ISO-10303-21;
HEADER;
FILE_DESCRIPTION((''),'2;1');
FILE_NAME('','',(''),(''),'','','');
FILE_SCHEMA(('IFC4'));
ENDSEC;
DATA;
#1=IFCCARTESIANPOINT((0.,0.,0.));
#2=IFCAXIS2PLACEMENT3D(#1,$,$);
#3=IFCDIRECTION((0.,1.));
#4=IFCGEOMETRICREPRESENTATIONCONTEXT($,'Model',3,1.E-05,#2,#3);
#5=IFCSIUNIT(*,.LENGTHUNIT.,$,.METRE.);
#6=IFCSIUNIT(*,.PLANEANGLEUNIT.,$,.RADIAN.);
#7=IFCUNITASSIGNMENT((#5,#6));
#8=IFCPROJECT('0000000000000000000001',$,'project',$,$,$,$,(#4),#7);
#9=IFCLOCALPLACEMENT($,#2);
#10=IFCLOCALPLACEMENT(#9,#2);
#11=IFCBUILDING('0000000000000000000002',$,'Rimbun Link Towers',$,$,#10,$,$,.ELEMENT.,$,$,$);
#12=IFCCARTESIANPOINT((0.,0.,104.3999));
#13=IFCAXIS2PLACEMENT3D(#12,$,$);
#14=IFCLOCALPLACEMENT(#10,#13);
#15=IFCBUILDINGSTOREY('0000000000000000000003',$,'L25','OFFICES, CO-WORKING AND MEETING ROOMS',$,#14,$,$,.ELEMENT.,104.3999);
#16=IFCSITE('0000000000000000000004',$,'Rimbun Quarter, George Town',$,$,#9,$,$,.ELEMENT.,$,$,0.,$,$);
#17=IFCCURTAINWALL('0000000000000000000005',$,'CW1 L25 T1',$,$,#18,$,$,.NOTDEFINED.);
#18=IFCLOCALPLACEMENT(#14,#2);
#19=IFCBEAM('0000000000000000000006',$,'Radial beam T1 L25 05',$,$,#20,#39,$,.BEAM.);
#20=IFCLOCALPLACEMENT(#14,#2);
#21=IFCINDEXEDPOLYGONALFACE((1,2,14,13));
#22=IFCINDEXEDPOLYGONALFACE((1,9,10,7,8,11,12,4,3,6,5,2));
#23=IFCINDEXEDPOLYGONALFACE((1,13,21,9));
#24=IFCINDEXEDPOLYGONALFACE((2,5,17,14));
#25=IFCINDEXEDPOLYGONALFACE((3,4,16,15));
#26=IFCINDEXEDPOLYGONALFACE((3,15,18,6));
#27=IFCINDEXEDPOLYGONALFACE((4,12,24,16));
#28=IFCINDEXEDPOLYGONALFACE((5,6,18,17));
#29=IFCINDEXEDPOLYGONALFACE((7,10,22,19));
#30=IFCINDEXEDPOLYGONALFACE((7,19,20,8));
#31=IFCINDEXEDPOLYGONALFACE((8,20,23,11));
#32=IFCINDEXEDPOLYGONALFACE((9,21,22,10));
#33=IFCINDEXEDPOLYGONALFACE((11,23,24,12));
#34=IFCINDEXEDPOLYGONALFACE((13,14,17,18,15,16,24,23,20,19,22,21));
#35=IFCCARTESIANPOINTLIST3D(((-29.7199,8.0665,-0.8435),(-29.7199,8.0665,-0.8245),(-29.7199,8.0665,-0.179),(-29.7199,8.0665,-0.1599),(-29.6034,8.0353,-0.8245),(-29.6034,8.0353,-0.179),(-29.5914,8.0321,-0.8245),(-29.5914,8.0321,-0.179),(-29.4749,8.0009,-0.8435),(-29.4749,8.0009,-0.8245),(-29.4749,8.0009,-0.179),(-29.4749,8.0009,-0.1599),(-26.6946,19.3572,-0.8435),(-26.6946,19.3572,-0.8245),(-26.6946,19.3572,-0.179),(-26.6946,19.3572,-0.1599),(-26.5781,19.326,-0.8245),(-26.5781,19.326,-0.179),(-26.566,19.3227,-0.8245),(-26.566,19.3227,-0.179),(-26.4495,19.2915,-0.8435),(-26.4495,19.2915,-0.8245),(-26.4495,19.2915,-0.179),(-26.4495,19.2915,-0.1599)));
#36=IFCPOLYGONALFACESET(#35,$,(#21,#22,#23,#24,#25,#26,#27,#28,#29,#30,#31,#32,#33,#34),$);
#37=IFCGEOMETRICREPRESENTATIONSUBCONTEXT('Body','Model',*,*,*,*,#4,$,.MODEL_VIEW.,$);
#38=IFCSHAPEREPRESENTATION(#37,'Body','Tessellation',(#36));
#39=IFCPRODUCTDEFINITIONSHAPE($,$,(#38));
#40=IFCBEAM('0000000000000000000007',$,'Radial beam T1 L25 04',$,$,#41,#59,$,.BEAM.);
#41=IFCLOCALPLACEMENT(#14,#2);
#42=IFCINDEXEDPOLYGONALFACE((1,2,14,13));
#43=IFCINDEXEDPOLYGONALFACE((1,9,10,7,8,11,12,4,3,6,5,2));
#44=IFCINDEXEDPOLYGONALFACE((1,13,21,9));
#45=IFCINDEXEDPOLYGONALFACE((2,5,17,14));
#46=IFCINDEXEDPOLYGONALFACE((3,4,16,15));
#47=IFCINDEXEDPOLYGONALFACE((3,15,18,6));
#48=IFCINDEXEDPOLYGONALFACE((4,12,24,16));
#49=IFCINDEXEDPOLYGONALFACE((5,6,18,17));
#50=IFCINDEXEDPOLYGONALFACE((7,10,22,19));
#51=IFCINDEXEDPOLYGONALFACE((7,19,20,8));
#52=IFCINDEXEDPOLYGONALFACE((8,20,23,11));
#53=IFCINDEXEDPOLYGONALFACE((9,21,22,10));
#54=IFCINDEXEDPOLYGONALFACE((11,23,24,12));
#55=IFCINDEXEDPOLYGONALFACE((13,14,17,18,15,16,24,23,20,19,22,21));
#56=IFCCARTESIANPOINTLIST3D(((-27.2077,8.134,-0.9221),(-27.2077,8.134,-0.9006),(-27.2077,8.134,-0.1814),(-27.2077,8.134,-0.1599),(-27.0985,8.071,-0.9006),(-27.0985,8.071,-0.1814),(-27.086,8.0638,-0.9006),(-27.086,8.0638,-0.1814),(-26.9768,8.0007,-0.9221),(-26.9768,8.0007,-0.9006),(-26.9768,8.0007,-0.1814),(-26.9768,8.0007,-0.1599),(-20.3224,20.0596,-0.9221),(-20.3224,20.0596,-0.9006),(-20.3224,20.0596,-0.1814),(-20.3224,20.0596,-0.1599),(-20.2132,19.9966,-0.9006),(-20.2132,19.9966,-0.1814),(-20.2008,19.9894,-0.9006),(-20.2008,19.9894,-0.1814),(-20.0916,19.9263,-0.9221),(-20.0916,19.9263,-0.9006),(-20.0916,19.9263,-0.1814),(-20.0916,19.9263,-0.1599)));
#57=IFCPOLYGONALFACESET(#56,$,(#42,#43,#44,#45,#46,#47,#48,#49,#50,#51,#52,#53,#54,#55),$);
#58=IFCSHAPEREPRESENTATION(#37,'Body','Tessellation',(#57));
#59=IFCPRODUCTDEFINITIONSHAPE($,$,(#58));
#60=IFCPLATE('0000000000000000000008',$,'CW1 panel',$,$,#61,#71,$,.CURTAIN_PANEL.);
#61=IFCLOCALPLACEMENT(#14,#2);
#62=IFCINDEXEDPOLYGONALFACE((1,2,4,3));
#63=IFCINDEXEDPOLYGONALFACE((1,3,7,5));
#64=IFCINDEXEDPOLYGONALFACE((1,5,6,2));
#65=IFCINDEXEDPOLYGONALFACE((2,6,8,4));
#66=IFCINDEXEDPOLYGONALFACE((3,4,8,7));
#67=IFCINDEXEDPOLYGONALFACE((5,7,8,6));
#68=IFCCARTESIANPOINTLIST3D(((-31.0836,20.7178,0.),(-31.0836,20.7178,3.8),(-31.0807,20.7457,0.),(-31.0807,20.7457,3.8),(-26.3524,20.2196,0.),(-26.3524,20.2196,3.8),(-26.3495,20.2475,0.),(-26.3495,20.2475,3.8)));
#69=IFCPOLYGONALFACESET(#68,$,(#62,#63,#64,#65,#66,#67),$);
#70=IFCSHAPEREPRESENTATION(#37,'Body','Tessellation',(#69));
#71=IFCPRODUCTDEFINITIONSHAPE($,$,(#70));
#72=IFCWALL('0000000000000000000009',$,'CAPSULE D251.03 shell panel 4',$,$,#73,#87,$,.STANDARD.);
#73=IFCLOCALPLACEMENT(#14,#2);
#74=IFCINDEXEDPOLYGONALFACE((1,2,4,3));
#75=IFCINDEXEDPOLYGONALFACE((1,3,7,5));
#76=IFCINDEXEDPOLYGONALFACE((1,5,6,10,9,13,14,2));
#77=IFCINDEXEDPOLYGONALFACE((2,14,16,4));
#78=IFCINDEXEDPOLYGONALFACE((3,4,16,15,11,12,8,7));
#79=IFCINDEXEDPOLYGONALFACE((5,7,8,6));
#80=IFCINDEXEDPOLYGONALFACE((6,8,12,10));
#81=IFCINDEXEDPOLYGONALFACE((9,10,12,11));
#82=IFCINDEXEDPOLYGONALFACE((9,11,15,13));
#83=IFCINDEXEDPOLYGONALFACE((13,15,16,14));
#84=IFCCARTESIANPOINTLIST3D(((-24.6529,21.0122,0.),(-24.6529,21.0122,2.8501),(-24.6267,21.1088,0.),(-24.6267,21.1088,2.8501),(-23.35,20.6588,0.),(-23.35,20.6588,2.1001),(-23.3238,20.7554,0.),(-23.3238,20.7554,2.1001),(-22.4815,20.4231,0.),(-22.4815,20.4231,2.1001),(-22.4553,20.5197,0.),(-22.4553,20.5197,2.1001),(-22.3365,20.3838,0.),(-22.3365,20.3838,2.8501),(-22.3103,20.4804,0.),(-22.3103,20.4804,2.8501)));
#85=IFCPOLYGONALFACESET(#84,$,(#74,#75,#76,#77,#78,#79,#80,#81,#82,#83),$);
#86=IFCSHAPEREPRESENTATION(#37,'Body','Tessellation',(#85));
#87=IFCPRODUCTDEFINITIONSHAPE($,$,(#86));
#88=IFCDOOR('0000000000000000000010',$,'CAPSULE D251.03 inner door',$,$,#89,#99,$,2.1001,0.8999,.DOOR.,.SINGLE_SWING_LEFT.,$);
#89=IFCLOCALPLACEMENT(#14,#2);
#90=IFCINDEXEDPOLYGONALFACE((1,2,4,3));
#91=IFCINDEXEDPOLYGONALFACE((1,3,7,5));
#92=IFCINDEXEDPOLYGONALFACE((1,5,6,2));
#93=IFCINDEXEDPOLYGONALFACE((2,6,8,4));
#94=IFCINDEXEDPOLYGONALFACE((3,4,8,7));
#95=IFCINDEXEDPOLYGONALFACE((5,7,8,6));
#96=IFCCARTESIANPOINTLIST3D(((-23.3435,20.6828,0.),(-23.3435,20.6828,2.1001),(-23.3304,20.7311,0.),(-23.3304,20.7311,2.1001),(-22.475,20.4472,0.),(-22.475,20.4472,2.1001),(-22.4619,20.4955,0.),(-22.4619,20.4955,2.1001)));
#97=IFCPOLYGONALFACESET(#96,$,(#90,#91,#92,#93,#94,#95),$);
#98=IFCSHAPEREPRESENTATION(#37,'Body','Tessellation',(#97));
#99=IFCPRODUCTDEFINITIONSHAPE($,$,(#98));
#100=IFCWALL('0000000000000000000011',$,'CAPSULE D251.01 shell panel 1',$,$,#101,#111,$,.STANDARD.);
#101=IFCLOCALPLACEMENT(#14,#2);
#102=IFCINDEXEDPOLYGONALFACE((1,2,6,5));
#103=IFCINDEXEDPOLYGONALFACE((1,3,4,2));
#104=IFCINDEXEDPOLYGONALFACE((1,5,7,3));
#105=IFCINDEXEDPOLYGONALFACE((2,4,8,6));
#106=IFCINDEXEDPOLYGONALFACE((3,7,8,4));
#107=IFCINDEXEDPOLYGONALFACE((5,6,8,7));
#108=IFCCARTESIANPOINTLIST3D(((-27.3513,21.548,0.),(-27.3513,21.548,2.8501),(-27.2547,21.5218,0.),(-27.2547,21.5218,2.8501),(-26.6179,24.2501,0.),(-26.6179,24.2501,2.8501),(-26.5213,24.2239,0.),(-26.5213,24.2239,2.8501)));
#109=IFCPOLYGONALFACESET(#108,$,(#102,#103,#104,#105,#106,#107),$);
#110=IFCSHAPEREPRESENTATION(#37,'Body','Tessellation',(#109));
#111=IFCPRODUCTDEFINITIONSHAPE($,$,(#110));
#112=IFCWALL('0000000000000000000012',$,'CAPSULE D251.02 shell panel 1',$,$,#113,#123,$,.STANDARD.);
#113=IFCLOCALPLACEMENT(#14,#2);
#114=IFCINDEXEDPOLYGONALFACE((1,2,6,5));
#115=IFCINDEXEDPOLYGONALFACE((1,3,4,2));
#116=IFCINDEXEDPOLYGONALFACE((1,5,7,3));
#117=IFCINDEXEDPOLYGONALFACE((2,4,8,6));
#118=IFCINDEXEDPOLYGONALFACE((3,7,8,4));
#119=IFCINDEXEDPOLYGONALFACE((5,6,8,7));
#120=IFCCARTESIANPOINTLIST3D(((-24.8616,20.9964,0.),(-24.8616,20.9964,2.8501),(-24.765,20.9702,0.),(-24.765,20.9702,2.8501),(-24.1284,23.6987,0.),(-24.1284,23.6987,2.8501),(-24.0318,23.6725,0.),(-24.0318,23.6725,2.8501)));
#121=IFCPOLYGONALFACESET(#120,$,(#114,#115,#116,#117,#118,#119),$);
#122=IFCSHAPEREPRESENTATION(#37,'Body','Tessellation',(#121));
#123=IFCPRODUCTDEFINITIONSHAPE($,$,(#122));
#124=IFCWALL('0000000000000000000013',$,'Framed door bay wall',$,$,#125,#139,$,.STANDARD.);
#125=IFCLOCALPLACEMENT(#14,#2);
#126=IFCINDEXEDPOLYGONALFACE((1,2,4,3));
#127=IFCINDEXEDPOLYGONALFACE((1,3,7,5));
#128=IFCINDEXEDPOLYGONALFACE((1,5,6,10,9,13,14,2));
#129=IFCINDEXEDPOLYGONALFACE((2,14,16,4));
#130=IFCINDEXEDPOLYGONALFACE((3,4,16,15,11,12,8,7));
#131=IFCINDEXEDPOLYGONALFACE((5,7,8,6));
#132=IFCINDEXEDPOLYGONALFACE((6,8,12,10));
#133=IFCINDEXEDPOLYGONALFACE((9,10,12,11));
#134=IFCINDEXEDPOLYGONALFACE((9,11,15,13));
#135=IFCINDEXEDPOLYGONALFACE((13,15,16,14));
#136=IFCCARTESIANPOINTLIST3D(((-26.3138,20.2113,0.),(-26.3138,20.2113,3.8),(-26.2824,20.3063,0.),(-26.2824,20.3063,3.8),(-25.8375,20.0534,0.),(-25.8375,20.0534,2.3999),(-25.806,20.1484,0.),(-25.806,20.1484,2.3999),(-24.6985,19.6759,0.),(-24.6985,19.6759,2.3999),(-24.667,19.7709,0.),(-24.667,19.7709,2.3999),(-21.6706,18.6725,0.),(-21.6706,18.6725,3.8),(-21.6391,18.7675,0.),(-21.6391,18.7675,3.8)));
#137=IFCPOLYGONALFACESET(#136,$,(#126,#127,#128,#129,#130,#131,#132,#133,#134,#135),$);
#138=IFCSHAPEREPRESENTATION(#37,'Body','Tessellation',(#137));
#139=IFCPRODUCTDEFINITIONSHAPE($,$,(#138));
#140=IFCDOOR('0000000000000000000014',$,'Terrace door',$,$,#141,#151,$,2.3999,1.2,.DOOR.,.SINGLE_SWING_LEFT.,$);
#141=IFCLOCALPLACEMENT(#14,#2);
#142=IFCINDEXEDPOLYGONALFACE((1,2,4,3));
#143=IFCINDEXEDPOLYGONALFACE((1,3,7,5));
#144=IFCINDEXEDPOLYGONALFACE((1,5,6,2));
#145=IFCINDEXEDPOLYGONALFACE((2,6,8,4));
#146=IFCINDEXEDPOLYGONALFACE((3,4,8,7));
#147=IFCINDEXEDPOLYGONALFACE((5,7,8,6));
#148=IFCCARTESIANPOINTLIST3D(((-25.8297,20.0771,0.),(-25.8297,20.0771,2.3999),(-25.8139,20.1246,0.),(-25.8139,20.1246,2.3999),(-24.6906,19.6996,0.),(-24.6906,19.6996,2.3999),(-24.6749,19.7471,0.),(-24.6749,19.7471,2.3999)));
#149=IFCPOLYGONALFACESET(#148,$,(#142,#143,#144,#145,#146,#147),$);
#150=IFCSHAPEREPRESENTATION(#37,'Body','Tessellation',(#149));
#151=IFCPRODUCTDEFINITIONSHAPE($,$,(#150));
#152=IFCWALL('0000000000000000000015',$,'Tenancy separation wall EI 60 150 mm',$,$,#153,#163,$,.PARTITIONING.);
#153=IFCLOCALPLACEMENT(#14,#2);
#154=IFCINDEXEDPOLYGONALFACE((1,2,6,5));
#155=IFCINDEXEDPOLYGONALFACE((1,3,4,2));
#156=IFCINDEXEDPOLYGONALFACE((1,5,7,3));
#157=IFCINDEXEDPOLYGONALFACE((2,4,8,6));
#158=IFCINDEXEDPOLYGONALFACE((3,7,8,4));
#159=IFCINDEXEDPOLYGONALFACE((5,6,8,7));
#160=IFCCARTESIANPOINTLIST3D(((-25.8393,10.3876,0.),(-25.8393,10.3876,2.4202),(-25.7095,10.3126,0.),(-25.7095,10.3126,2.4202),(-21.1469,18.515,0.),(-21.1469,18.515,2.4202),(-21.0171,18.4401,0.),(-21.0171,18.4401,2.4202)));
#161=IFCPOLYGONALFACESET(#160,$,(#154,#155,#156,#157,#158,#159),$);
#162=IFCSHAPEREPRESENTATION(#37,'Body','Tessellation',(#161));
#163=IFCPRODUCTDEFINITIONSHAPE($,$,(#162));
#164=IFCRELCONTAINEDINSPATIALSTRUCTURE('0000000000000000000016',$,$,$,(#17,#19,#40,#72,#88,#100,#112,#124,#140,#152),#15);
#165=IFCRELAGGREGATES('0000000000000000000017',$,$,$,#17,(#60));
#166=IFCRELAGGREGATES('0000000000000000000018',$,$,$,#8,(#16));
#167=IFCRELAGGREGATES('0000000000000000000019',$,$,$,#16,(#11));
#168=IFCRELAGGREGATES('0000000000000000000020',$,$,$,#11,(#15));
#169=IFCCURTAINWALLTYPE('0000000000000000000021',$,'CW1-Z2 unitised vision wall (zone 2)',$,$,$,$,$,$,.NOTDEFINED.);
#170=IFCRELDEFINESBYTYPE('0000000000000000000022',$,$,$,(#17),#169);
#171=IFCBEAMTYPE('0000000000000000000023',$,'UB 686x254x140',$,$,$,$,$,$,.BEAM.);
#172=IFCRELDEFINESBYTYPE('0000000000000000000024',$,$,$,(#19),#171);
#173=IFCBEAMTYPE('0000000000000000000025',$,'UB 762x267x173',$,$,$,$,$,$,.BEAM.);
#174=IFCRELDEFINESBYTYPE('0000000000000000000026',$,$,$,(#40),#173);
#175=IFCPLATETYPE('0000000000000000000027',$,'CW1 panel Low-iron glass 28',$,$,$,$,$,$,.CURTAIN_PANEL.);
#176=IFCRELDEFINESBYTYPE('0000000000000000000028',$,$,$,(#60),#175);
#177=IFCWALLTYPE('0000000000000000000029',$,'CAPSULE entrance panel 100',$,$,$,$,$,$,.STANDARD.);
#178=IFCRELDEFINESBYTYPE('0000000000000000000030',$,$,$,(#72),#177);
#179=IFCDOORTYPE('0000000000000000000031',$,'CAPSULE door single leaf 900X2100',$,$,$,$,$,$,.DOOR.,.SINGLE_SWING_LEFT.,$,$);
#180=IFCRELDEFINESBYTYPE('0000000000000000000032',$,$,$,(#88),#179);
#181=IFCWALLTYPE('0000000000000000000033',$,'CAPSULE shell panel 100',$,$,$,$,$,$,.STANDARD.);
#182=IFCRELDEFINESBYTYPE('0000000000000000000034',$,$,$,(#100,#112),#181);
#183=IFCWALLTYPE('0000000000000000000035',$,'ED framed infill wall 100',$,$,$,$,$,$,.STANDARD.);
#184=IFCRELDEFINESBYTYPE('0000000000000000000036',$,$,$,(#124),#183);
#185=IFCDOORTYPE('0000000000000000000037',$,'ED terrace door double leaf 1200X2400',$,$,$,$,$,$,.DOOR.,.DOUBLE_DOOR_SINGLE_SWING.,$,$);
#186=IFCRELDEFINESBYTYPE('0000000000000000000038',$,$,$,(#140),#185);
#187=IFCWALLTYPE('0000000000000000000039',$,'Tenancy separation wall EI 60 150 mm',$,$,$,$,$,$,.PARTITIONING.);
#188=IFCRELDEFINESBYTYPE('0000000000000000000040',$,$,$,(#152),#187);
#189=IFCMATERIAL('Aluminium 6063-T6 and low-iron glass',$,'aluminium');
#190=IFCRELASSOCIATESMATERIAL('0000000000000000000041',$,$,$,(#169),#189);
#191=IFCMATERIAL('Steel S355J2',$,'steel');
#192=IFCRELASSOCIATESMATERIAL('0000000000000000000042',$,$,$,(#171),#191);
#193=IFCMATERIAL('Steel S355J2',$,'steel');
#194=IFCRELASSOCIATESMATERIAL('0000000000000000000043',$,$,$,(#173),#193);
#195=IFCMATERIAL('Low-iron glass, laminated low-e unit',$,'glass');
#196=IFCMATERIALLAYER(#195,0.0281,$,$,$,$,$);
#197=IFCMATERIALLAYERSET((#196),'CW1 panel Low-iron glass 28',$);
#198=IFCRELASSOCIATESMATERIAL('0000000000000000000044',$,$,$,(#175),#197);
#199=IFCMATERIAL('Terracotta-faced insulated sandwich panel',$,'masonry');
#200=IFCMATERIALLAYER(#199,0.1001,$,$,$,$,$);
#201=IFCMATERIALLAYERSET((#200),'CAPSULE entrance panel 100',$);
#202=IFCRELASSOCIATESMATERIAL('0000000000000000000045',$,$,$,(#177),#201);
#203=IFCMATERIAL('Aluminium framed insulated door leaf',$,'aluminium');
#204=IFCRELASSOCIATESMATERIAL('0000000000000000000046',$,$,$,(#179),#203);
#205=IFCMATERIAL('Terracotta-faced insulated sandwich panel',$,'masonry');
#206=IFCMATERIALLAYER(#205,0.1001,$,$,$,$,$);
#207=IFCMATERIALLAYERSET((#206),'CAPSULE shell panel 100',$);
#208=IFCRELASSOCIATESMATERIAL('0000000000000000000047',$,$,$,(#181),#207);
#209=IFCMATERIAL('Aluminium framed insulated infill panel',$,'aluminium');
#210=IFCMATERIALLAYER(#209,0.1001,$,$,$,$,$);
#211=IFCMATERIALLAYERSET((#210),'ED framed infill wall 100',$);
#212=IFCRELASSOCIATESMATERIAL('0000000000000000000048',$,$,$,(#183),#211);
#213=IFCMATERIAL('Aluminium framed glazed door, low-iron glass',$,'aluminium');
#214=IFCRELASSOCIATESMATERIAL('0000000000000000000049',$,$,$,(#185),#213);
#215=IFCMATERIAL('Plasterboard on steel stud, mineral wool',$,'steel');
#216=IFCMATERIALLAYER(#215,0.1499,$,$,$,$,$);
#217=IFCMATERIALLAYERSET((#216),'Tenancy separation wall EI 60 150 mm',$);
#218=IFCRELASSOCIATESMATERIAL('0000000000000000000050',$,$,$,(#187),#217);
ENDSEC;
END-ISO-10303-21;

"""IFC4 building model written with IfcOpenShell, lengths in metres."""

from ifc_helpers import new_model, si_unit, direction, frame, frame_2d, origin, origin_2d, place, context, subcontext, project, spatial, rectangle, i_section, extrude, material, layer, layer_set, material_profile, profile_set, type_object, element, fill, aggregate, save


model = new_model("IFC4")

# Units and contexts
model_context = context("Model", 3, precision=1e-05, world=origin(), true_north=direction((0.0, 1.0)))
body_context = subcontext(model_context, "Body", "Model", "MODEL_VIEW")
ifc_project = project(units=[si_unit("LENGTHUNIT", "METRE"), si_unit("PLANEANGLEUNIT", "RADIAN")], contexts=[model_context])

# Site, building, storey
site_placement = place(None, origin())
site = spatial("IfcSite", under=ifc_project, at=site_placement, Name="Rimbun Quarter, George Town", CompositionType="ELEMENT", RefElevation=0.0)
building_placement = place(site_placement, origin())
building = spatial("IfcBuilding", under=site, at=building_placement, Name="Rimbun Link Towers", CompositionType="ELEMENT")
storey_placement = place(building_placement, frame((0.0, 0.0, 104.3999)))
storey = spatial("IfcBuildingStorey", under=building, at=storey_placement, Name="L25", Description="OFFICES, CO-WORKING AND MEETING ROOMS", CompositionType="ELEMENT", Elevation=104.3999)

# Curtain wall
ifc_material_1 = material(Name="Aluminium 6063-T6 and low-iron glass", Category="aluminium")
curtain_wall_type = type_object("IfcCurtainWallType", Name="CW1-Z2 unitised vision wall (zone 2)", PredefinedType="NOTDEFINED", material=ifc_material_1)
curtain_wall_placement = place(storey_placement, origin())
curtain_wall = element("IfcCurtainWall", 1, at=curtain_wall_placement, inside=storey, type_object=curtain_wall_type, Name="CW1 L25 T1", PredefinedType="NOTDEFINED")

# Beams
ifc_material_2 = material(Name="Steel S355J2", Category="steel")
ifc_material_profile_1 = material_profile(ifc_material_2, i_section(OverallWidth=0.2537, OverallDepth=0.6836, WebThickness=0.0125, FlangeThickness=0.019, at=origin_2d()), Name="UB 686x254x140")
ifc_profile_set_1 = profile_set([ifc_material_profile_1], Name="Steel S355J2")
beam_type_1 = type_object("IfcBeamType", Name="UB 686x254x140", PredefinedType="BEAM", material=ifc_profile_set_1)
beam_1_placement = place(storey_placement, frame((-29.5974, 8.0337, -0.5017), z_axis=(0.258822, 0.965925, 0.0), x_axis=(-0.965925, 0.258822, 0.0)))
element("IfcBeam", 2, at=beam_1_placement, inside=storey, type_object=beam_type_1, Name="Radial beam T1 L25 05", PredefinedType="BEAM", context=body_context, shape_type="SweptSolid", body=[
    extrude(i_section(OverallWidth=0.2537, OverallDepth=0.6836, WebThickness=0.0125, FlangeThickness=0.019, at=origin_2d()), origin(), (0.0, 0.0, 1.0), 11.689),
])
ifc_material_3 = material(Name="Steel S355J2", Category="steel")
ifc_material_profile_2 = material_profile(ifc_material_3, i_section(OverallWidth=0.2666, OverallDepth=0.7622, WebThickness=0.0144, FlangeThickness=0.0215, at=origin_2d()), Name="UB 762x267x173")
ifc_profile_set_2 = profile_set([ifc_material_profile_2], Name="Steel S355J2")
beam_type_2 = type_object("IfcBeamType", Name="UB 762x267x173", PredefinedType="BEAM", material=ifc_profile_set_2)
beam_2_placement = place(storey_placement, frame((-27.0923, 8.0674, -0.541), z_axis=(0.500002, 0.866024, 0.0), x_axis=(-0.866024, 0.500002, 0.0)))
element("IfcBeam", 3, at=beam_2_placement, inside=storey, type_object=beam_type_2, Name="Radial beam T1 L25 04", PredefinedType="BEAM", context=body_context, shape_type="SweptSolid", body=[
    extrude(i_section(OverallWidth=0.2666, OverallDepth=0.7622, WebThickness=0.0144, FlangeThickness=0.0215, at=origin_2d()), origin(), (0.0, 0.0, 1.0), 13.7705),
])

# Plate
ifc_material_4 = material(Name="Low-iron glass, laminated low-e unit", Category="glass")
ifc_layer_1 = layer(ifc_material_4, 0.0281)
ifc_layer_set_1 = layer_set([ifc_layer_1], Name="CW1 panel Low-iron glass 28")
plate_type = type_object("IfcPlateType", Name="CW1 panel Low-iron glass 28", PredefinedType="CURTAIN_PANEL", material=ifc_layer_set_1)
plate_placement = place(storey_placement, frame((-28.7166, 20.4827, 0.0), z_axis=(0.0, 0.0, 1.0), x_axis=(0.994501, -0.104732, 0.0)))
plate = element("IfcPlate", 4, at=plate_placement, type_object=plate_type, Name="CW1 panel", PredefinedType="CURTAIN_PANEL", context=body_context, shape_type="SweptSolid", body=[
    extrude(rectangle(XDim=4.7573, YDim=0.0281, at=origin_2d()), origin(), (0.0, 0.0, 1.0), 3.8),
])
aggregate(curtain_wall, [plate])

# Wall, opening, door
ifc_material_5 = material(Name="Terracotta-faced insulated sandwich panel", Category="masonry")
ifc_layer_2 = layer(ifc_material_5, 0.1001)
ifc_layer_set_2 = layer_set([ifc_layer_2], Name="CAPSULE entrance panel 100")
wall_type_1 = type_object("IfcWallType", Name="CAPSULE entrance panel 100", PredefinedType="STANDARD", material=ifc_layer_set_2)
wall_1_placement = place(storey_placement, frame((-24.6399, 21.0605, 0.0), z_axis=(0.0, 0.0, 1.0), x_axis=(0.965115, -0.261826, 0.0)))
wall_1 = element("IfcWall", 5, at=wall_1_placement, inside=storey, type_object=wall_type_1, Name="CAPSULE D251.03 shell panel 4", PredefinedType="STANDARD", context=body_context, shape_type="SweptSolid", body=[
    extrude(rectangle(XDim=2.4001, YDim=0.1001, at=frame_2d((1.2002, 0.0))), origin(), (0.0, 0.0, 1.0), 2.8501),
])
opening_1_placement = place(wall_1_placement, frame((1.3501, 0.0, 0.0)))
opening_1 = element("IfcOpeningElement", 6, at=opening_1_placement, cuts=wall_1, PredefinedType="OPENING", context=body_context, shape_type="SweptSolid", body=[
    extrude(rectangle(XDim=0.8999, YDim=2.1001, at=frame_2d((0.45, 1.05))), frame((0.0, 0.0601, 0.0), z_axis=(0.0, -1.0, 0.0), x_axis=(1.0, 0.0, 0.0)), (0.0, 0.0, 1.0), 0.1201),
])
ifc_material_6 = material(Name="Aluminium framed insulated door leaf", Category="aluminium")
door_type_1 = type_object("IfcDoorType", Name="CAPSULE door single leaf 900X2100", OperationType="SINGLE_SWING_LEFT", PredefinedType="DOOR", material=ifc_material_6)
door_1_placement = place(opening_1_placement, origin())
door_1 = element("IfcDoor", 7, at=door_1_placement, inside=storey, type_object=door_type_1, Name="CAPSULE D251.03 inner door", OperationType="SINGLE_SWING_LEFT", OverallHeight=2.1001, OverallWidth=0.8999, PredefinedType="DOOR", context=body_context, shape_type="SweptSolid", body=[
    extrude(rectangle(XDim=0.8999, YDim=2.1001, at=frame_2d((0.45, 1.05))), frame((0.0, 0.0249, 0.0), z_axis=(0.0, -1.0, 0.0), x_axis=(1.0, 0.0, 0.0)), (0.0, 0.0, 1.0), 0.05),
])
fill(opening_1, door_1)

# Walls
ifc_material_7 = material(Name="Terracotta-faced insulated sandwich panel", Category="masonry")
ifc_layer_3 = layer(ifc_material_7, 0.1001)
ifc_layer_set_3 = layer_set([ifc_layer_3], Name="CAPSULE shell panel 100")
wall_type_2 = type_object("IfcWallType", Name="CAPSULE shell panel 100", PredefinedType="STANDARD", material=ifc_layer_set_3)
wall_2_placement = place(storey_placement, frame((-27.303, 21.5349, 0.0), z_axis=(0.0, 0.0, 1.0), x_axis=(0.261937, 0.965085, 0.0)))
element("IfcWall", 8, at=wall_2_placement, inside=storey, type_object=wall_type_2, Name="CAPSULE D251.01 shell panel 1", PredefinedType="STANDARD", context=body_context, shape_type="SweptSolid", body=[
    extrude(rectangle(XDim=2.7998, YDim=0.1001, at=frame_2d((1.3999, 0.0))), origin(), (0.0, 0.0, 1.0), 2.8501),
])
wall_3_placement = place(storey_placement, frame((-24.8132, 20.9834, 0.0), z_axis=(0.0, 0.0, 1.0), x_axis=(0.261833, 0.965113, 0.0)))
element("IfcWall", 9, at=wall_3_placement, inside=storey, type_object=wall_type_2, Name="CAPSULE D251.02 shell panel 1", PredefinedType="STANDARD", context=body_context, shape_type="SweptSolid", body=[
    extrude(rectangle(XDim=2.8, YDim=0.1001, at=frame_2d((1.3999, 0.0))), origin(), (0.0, 0.0, 1.0), 2.8501),
])

# Wall, opening, door
ifc_material_8 = material(Name="Aluminium framed insulated infill panel", Category="aluminium")
ifc_layer_4 = layer(ifc_material_8, 0.1001)
ifc_layer_set_4 = layer_set([ifc_layer_4], Name="ED framed infill wall 100")
wall_type_3 = type_object("IfcWallType", Name="ED framed infill wall 100", PredefinedType="STANDARD", material=ifc_layer_set_4)
wall_4_placement = place(storey_placement, frame((-26.2981, 20.2588, 0.0), z_axis=(0.0, 0.0, 1.0), x_axis=(0.949231, -0.31458, 0.0)))
wall_4 = element("IfcWall", 10, at=wall_4_placement, inside=storey, type_object=wall_type_3, Name="Framed door bay wall", PredefinedType="STANDARD", context=body_context, shape_type="SweptSolid", body=[
    extrude(rectangle(XDim=4.8916, YDim=0.1001, at=frame_2d((2.4458, 0.0))), origin(), (0.0, 0.0, 1.0), 3.8),
])
opening_2_placement = place(wall_4_placement, frame((0.5017, 0.0, 0.0)))
opening_2 = element("IfcOpeningElement", 11, at=opening_2_placement, cuts=wall_4, PredefinedType="OPENING", context=body_context, shape_type="SweptSolid", body=[
    extrude(rectangle(XDim=1.2, YDim=2.3999, at=frame_2d((0.6001, 1.2))), frame((0.0, 0.0601, 0.0), z_axis=(0.0, -1.0, 0.0), x_axis=(1.0, 0.0, 0.0)), (0.0, 0.0, 1.0), 0.1201),
])
ifc_material_9 = material(Name="Aluminium framed glazed door, low-iron glass", Category="aluminium")
door_type_2 = type_object("IfcDoorType", Name="ED terrace door double leaf 1200X2400", OperationType="DOUBLE_DOOR_SINGLE_SWING", PredefinedType="DOOR", material=ifc_material_9)
door_2_placement = place(opening_2_placement, origin())
door_2 = element("IfcDoor", 12, at=door_2_placement, inside=storey, type_object=door_type_2, Name="Terrace door", OperationType="SINGLE_SWING_LEFT", OverallHeight=2.3999, OverallWidth=1.2, PredefinedType="DOOR", context=body_context, shape_type="SweptSolid", body=[
    extrude(rectangle(XDim=1.2, YDim=2.3999, at=frame_2d((0.6001, 1.2))), frame((0.0, 0.0249, 0.0), z_axis=(0.0, -1.0, 0.0), x_axis=(1.0, 0.0, 0.0)), (0.0, 0.0, 1.0), 0.05),
])
fill(opening_2, door_2)

# Wall
ifc_material_10 = material(Name="Plasterboard on steel stud, mineral wool", Category="steel")
ifc_layer_5 = layer(ifc_material_10, 0.1499)
ifc_layer_set_5 = layer_set([ifc_layer_5], Name="Tenancy separation wall EI 60 150 mm")
wall_type_4 = type_object("IfcWallType", Name="Tenancy separation wall EI 60 150 mm", PredefinedType="PARTITIONING", material=ifc_layer_set_5)
wall_5_placement = place(storey_placement, frame((-25.7744, 10.3501, 0.0), z_axis=(0.0, 0.0, 1.0), x_axis=(0.5, 0.866025, 0.0)))
element("IfcWall", 13, at=wall_5_placement, inside=storey, type_object=wall_type_4, Name="Tenancy separation wall EI 60 150 mm", PredefinedType="PARTITIONING", context=body_context, shape_type="SweptSolid", body=[
    extrude(rectangle(XDim=9.3848, YDim=0.1499, at=frame_2d((4.6924, 0.0))), origin(), (0.0, 0.0, 1.0), 2.4202),
])

save(model, "model.ifc")
